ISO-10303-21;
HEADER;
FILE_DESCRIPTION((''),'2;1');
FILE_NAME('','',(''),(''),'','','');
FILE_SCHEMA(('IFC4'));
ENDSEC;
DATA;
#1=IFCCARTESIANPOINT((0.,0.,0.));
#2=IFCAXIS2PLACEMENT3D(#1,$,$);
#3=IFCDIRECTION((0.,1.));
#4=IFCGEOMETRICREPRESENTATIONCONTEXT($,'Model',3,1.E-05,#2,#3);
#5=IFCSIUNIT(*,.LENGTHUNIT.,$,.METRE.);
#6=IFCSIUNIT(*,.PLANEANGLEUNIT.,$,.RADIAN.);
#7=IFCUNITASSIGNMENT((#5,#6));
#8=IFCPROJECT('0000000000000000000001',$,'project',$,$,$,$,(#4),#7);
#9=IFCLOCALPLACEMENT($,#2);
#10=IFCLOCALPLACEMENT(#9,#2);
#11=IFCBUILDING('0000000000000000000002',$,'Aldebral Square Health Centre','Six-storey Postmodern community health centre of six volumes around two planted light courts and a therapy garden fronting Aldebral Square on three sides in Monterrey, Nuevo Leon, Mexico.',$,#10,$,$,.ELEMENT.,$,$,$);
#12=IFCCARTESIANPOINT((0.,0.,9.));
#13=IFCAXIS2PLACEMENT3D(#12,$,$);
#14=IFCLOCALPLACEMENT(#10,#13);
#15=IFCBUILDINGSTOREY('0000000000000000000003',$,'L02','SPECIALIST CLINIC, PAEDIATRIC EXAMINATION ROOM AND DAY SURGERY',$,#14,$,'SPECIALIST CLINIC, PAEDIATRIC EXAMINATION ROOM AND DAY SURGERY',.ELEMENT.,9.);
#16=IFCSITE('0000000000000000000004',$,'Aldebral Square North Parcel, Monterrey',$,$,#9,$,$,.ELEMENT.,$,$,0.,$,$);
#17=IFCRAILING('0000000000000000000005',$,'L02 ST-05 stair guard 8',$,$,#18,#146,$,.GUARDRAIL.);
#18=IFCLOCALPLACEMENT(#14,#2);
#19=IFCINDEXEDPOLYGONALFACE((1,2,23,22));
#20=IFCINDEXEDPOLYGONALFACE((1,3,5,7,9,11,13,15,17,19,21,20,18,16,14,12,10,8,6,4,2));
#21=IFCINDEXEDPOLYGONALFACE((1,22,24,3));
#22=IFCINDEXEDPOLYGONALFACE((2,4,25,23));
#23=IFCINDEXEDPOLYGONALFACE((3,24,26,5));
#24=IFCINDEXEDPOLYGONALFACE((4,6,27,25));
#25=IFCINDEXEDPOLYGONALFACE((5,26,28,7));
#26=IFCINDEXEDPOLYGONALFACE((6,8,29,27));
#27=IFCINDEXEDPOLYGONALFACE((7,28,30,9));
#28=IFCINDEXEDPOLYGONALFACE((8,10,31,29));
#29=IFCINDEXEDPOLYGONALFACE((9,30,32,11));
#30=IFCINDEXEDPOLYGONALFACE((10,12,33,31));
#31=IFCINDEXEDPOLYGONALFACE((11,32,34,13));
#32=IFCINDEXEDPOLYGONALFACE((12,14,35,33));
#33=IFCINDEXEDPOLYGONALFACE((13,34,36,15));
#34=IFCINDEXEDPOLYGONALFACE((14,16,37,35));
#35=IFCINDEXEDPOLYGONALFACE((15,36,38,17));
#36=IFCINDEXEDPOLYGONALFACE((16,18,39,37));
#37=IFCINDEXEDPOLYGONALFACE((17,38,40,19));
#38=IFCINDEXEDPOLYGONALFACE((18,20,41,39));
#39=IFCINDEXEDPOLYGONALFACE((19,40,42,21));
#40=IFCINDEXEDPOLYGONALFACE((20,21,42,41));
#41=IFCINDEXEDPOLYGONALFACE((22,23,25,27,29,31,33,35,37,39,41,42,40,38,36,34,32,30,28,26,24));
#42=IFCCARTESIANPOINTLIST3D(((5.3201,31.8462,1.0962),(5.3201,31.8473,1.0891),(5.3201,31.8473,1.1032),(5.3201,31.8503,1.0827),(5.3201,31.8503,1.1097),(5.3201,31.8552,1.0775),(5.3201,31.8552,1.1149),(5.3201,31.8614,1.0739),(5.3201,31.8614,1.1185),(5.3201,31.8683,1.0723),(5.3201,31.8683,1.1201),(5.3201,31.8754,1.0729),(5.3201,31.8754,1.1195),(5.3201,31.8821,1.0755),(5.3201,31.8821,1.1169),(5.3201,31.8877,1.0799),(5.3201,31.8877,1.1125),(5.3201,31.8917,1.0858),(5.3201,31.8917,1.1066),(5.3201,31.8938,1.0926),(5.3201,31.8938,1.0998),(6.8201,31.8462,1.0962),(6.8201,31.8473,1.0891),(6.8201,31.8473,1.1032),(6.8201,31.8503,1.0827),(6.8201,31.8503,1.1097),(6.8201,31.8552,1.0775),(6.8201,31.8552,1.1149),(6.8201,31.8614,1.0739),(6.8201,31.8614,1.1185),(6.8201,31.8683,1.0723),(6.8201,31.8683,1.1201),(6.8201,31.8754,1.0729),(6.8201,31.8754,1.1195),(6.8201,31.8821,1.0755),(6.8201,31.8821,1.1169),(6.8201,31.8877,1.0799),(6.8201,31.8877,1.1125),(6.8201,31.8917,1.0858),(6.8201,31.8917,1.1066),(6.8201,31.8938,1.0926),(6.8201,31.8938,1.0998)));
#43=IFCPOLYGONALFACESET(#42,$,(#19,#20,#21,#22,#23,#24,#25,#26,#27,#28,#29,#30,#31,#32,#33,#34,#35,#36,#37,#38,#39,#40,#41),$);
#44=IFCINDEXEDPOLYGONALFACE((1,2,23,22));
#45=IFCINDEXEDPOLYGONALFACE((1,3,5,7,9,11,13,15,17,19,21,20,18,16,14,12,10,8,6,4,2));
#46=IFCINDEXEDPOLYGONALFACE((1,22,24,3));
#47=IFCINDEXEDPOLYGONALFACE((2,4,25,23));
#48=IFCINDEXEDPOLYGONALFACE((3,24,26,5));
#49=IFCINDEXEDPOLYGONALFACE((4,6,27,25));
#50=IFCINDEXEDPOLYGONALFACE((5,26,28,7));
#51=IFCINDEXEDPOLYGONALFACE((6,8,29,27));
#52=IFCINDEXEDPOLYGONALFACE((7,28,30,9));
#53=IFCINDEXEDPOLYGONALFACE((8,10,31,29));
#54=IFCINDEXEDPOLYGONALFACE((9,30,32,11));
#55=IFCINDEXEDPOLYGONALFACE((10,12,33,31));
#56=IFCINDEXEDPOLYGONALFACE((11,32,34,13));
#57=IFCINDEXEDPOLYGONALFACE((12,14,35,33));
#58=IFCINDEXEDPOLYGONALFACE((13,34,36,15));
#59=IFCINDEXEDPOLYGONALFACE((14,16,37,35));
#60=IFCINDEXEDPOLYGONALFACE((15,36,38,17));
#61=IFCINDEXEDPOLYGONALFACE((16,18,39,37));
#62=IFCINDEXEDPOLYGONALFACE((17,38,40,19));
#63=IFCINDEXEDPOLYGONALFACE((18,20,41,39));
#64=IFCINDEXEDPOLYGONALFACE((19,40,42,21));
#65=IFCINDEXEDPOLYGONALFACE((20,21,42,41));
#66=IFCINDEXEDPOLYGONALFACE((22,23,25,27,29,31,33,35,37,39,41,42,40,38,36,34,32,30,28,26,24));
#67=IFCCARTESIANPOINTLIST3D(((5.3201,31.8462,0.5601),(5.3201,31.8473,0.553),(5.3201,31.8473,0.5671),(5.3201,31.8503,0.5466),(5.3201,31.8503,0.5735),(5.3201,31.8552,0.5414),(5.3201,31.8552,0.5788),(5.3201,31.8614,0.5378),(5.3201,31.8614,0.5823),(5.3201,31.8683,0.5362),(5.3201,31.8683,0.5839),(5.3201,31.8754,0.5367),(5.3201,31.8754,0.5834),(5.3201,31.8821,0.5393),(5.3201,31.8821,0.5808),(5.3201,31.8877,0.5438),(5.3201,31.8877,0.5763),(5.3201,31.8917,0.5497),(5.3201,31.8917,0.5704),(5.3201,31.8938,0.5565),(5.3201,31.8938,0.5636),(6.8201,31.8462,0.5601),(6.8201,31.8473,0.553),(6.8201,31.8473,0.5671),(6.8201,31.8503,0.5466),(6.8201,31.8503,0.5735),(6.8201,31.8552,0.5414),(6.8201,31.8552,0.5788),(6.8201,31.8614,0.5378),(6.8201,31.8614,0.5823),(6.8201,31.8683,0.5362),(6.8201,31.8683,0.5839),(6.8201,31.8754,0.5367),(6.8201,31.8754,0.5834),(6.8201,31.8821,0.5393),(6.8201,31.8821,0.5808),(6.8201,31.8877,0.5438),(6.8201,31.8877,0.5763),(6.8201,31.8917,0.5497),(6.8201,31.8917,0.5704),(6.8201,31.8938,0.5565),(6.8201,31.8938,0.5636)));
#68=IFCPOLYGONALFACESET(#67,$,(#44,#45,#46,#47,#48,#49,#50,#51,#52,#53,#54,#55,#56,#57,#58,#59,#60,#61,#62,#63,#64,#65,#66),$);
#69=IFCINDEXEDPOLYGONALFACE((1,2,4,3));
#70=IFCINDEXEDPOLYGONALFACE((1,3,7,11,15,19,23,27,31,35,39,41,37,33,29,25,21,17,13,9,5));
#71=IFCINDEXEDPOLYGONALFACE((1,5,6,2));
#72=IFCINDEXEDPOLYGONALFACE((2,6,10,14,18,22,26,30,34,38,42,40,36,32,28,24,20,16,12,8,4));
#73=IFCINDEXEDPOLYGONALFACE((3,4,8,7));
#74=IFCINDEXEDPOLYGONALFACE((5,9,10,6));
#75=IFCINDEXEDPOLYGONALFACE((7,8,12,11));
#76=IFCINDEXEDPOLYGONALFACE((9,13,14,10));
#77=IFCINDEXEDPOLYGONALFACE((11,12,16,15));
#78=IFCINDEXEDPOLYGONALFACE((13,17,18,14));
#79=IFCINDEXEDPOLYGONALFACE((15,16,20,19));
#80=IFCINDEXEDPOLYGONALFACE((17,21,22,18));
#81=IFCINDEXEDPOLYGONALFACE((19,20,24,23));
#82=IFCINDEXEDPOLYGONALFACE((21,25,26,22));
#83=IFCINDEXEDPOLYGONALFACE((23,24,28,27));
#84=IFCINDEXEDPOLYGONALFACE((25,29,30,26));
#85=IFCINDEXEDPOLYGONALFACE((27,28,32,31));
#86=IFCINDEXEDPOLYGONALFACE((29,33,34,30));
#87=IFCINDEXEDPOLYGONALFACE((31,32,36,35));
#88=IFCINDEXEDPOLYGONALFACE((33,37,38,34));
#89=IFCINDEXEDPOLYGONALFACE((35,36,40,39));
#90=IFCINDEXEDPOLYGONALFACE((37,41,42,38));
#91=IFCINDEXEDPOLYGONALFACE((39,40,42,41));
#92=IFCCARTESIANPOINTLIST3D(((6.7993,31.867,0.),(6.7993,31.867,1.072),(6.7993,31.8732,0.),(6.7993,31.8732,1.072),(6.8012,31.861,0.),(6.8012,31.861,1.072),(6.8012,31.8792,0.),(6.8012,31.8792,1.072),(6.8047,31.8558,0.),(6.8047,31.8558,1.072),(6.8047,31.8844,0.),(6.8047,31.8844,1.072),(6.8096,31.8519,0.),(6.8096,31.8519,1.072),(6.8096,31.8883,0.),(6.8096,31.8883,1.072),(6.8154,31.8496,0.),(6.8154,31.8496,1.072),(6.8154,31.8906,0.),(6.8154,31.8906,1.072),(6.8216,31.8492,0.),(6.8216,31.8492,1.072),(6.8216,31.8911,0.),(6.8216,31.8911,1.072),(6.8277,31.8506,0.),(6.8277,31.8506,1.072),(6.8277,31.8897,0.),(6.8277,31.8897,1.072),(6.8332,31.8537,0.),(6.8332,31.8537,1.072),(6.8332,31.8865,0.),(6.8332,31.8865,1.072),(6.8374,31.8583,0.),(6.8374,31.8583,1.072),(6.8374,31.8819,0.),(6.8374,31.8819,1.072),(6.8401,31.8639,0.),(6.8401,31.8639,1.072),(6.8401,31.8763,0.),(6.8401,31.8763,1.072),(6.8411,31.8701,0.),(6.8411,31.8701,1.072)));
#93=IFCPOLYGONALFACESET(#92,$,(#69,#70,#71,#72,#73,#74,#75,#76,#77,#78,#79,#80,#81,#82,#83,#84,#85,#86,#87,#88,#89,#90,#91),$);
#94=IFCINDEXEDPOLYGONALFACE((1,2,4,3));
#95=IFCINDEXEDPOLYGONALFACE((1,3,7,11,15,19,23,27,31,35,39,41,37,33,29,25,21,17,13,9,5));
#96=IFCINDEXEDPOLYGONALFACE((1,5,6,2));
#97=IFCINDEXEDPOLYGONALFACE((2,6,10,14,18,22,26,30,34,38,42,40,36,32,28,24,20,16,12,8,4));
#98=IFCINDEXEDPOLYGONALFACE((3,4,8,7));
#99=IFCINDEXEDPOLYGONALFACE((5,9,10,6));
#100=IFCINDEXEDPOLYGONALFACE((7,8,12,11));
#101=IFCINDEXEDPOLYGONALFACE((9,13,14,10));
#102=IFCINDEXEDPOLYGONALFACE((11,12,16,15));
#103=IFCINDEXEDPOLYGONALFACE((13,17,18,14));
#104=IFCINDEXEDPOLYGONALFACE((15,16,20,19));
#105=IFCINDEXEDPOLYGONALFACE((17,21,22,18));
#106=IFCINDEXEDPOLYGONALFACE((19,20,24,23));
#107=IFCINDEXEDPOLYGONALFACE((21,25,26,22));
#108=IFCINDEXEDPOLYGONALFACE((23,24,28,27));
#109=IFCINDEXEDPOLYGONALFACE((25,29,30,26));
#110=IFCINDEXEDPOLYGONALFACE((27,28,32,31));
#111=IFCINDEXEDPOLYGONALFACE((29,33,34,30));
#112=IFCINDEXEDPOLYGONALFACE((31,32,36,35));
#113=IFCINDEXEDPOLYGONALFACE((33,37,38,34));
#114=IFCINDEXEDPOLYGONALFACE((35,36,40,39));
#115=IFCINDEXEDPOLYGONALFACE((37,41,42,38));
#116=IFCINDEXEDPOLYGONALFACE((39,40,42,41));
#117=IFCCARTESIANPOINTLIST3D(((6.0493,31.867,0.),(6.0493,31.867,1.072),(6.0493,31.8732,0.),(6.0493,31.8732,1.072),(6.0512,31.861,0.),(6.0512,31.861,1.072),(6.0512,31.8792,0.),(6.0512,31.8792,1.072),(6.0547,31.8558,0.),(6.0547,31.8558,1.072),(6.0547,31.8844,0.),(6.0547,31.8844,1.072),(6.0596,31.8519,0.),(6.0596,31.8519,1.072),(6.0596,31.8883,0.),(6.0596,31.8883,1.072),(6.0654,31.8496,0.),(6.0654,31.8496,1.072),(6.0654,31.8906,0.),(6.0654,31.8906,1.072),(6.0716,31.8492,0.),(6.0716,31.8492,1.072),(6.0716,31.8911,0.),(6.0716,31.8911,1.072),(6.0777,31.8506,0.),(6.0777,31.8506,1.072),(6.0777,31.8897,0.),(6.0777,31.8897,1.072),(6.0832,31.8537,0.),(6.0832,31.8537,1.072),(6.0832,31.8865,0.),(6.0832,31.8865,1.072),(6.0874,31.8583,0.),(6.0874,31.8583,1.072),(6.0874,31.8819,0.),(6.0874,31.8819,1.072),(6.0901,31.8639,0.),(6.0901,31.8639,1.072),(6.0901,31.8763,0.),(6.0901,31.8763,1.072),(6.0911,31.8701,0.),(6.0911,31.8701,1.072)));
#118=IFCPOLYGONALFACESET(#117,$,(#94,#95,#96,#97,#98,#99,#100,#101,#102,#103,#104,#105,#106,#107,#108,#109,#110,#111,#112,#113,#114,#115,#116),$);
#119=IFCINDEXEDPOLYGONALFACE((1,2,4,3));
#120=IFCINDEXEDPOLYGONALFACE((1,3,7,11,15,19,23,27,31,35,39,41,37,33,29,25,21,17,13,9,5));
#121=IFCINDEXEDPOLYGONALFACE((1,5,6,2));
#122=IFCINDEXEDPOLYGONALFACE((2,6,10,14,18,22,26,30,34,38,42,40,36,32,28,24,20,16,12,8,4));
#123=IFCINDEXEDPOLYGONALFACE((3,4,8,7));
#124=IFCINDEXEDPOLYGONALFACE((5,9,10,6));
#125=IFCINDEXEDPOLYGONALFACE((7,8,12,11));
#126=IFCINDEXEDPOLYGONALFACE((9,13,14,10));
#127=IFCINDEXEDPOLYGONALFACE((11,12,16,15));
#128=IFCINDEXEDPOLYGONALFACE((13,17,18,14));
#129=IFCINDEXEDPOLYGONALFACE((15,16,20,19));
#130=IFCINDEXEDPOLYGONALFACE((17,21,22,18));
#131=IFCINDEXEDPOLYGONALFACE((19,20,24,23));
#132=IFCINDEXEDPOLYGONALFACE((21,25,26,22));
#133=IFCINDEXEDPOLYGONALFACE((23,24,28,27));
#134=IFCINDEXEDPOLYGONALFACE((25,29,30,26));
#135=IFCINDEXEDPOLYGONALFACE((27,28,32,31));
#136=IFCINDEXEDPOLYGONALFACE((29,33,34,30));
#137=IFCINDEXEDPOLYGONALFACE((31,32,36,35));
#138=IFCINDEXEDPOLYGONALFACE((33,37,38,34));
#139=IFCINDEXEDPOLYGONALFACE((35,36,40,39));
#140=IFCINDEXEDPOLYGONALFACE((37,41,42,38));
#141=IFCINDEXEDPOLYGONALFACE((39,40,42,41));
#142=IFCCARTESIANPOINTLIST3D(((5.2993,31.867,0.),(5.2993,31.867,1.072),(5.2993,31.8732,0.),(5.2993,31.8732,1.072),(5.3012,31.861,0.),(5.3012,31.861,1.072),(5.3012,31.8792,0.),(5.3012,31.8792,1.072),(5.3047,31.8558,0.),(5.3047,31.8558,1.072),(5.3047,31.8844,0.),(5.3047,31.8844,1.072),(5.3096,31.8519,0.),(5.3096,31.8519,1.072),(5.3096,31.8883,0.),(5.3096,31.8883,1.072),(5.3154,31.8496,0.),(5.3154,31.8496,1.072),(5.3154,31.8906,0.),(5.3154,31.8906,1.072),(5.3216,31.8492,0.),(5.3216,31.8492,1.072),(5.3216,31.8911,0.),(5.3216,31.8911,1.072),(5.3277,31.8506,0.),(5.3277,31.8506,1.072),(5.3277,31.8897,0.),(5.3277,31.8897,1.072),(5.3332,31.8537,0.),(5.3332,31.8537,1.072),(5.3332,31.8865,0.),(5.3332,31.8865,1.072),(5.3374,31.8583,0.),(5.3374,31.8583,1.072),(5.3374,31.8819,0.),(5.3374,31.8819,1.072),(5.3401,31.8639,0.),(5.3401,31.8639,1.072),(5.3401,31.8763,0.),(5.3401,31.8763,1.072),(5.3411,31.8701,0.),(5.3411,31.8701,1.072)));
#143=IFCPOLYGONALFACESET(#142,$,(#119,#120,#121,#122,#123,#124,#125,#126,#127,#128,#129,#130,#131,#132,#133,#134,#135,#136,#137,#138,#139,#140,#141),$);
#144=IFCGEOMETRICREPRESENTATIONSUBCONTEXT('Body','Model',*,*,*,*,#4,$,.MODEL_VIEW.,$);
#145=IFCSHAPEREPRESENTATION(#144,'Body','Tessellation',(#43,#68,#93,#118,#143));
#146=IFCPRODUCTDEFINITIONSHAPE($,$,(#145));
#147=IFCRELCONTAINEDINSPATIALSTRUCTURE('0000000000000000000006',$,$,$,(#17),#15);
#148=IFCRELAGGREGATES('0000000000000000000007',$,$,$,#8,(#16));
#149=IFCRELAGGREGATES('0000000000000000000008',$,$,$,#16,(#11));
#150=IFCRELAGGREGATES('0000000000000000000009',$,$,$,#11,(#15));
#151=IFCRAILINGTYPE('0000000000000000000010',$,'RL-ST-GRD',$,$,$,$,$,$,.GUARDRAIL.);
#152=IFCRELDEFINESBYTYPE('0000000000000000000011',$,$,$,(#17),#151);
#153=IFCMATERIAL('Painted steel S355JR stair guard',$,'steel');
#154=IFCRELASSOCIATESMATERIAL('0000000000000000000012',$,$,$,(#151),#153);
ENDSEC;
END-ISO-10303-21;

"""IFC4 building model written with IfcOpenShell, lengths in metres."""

from ifc_helpers import new_model, si_unit, direction, frame, origin, origin_2d, place, context, subcontext, project, spatial, circle, extrude, material, type_object, element, save


model = new_model("IFC4")

# Units and contexts
model_context = context("Model", 3, precision=1e-05, world=origin(), true_north=direction((0.0, 1.0)))
body_context = subcontext(model_context, "Body", "Model", "MODEL_VIEW")
ifc_project = project(units=[si_unit("LENGTHUNIT", "METRE"), si_unit("PLANEANGLEUNIT", "RADIAN")], contexts=[model_context])

# Site, building, storey
site_placement = place(None, origin())
site = spatial("IfcSite", under=ifc_project, at=site_placement, Name="Aldebral Square North Parcel, Monterrey", CompositionType="ELEMENT", RefElevation=0.0)
building_placement = place(site_placement, origin())
building = spatial("IfcBuilding", under=site, at=building_placement, Name="Aldebral Square Health Centre", Description="Six-storey Postmodern community health centre of six volumes around two planted light courts and a therapy garden fronting Aldebral Square on three sides in Monterrey, Nuevo Leon, Mexico.", CompositionType="ELEMENT")
storey_placement = place(building_placement, frame((0.0, 0.0, 9.0)))
storey = spatial("IfcBuildingStorey", under=building, at=storey_placement, Name="L02", Description="SPECIALIST CLINIC, PAEDIATRIC EXAMINATION ROOM AND DAY SURGERY", LongName="SPECIALIST CLINIC, PAEDIATRIC EXAMINATION ROOM AND DAY SURGERY", CompositionType="ELEMENT", Elevation=9.0)

# Railing
ifc_material_1 = material(Name="Painted steel S355JR stair guard", Category="steel")
railing_type_1 = type_object("IfcRailingType", Name="RL-ST-GRD", PredefinedType="GUARDRAIL", material=ifc_material_1)
for number, where, name in (
    (1, (6.8201, 31.8701, 0.0), "L02 ST-05 stair guard 8"),
):
    element("IfcRailing", number, at=place(storey_placement, frame(where)), inside=storey, type_object=railing_type_1, Name=name, PredefinedType="GUARDRAIL", context=body_context, shape_type="SweptSolid", body=[
        extrude(circle(Radius=0.0239, at=origin_2d()), frame((0.0, 0.0, 1.0962), z_axis=(-1.0, 0.0, 0.0), x_axis=(0.0, -1.0, 0.0)), (0.0, 0.0, 1.0), 1.5),
        extrude(circle(Radius=0.0239, at=origin_2d()), frame((0.0, 0.0, 0.5601), z_axis=(-1.0, 0.0, 0.0), x_axis=(0.0, -1.0, 0.0)), (0.0, 0.0, 1.0), 1.5),
        extrude(circle(Radius=0.021, at=origin_2d()), origin(), (0.0, 0.0, 1.0), 1.072),
        extrude(circle(Radius=0.021, at=origin_2d()), frame((-0.75, 0.0, 0.0)), (0.0, 0.0, 1.0), 1.072),
        extrude(circle(Radius=0.021, at=origin_2d()), frame((-1.5, 0.0, 0.0)), (0.0, 0.0, 1.0), 1.072),
    ])

save(model, "model.ifc")
